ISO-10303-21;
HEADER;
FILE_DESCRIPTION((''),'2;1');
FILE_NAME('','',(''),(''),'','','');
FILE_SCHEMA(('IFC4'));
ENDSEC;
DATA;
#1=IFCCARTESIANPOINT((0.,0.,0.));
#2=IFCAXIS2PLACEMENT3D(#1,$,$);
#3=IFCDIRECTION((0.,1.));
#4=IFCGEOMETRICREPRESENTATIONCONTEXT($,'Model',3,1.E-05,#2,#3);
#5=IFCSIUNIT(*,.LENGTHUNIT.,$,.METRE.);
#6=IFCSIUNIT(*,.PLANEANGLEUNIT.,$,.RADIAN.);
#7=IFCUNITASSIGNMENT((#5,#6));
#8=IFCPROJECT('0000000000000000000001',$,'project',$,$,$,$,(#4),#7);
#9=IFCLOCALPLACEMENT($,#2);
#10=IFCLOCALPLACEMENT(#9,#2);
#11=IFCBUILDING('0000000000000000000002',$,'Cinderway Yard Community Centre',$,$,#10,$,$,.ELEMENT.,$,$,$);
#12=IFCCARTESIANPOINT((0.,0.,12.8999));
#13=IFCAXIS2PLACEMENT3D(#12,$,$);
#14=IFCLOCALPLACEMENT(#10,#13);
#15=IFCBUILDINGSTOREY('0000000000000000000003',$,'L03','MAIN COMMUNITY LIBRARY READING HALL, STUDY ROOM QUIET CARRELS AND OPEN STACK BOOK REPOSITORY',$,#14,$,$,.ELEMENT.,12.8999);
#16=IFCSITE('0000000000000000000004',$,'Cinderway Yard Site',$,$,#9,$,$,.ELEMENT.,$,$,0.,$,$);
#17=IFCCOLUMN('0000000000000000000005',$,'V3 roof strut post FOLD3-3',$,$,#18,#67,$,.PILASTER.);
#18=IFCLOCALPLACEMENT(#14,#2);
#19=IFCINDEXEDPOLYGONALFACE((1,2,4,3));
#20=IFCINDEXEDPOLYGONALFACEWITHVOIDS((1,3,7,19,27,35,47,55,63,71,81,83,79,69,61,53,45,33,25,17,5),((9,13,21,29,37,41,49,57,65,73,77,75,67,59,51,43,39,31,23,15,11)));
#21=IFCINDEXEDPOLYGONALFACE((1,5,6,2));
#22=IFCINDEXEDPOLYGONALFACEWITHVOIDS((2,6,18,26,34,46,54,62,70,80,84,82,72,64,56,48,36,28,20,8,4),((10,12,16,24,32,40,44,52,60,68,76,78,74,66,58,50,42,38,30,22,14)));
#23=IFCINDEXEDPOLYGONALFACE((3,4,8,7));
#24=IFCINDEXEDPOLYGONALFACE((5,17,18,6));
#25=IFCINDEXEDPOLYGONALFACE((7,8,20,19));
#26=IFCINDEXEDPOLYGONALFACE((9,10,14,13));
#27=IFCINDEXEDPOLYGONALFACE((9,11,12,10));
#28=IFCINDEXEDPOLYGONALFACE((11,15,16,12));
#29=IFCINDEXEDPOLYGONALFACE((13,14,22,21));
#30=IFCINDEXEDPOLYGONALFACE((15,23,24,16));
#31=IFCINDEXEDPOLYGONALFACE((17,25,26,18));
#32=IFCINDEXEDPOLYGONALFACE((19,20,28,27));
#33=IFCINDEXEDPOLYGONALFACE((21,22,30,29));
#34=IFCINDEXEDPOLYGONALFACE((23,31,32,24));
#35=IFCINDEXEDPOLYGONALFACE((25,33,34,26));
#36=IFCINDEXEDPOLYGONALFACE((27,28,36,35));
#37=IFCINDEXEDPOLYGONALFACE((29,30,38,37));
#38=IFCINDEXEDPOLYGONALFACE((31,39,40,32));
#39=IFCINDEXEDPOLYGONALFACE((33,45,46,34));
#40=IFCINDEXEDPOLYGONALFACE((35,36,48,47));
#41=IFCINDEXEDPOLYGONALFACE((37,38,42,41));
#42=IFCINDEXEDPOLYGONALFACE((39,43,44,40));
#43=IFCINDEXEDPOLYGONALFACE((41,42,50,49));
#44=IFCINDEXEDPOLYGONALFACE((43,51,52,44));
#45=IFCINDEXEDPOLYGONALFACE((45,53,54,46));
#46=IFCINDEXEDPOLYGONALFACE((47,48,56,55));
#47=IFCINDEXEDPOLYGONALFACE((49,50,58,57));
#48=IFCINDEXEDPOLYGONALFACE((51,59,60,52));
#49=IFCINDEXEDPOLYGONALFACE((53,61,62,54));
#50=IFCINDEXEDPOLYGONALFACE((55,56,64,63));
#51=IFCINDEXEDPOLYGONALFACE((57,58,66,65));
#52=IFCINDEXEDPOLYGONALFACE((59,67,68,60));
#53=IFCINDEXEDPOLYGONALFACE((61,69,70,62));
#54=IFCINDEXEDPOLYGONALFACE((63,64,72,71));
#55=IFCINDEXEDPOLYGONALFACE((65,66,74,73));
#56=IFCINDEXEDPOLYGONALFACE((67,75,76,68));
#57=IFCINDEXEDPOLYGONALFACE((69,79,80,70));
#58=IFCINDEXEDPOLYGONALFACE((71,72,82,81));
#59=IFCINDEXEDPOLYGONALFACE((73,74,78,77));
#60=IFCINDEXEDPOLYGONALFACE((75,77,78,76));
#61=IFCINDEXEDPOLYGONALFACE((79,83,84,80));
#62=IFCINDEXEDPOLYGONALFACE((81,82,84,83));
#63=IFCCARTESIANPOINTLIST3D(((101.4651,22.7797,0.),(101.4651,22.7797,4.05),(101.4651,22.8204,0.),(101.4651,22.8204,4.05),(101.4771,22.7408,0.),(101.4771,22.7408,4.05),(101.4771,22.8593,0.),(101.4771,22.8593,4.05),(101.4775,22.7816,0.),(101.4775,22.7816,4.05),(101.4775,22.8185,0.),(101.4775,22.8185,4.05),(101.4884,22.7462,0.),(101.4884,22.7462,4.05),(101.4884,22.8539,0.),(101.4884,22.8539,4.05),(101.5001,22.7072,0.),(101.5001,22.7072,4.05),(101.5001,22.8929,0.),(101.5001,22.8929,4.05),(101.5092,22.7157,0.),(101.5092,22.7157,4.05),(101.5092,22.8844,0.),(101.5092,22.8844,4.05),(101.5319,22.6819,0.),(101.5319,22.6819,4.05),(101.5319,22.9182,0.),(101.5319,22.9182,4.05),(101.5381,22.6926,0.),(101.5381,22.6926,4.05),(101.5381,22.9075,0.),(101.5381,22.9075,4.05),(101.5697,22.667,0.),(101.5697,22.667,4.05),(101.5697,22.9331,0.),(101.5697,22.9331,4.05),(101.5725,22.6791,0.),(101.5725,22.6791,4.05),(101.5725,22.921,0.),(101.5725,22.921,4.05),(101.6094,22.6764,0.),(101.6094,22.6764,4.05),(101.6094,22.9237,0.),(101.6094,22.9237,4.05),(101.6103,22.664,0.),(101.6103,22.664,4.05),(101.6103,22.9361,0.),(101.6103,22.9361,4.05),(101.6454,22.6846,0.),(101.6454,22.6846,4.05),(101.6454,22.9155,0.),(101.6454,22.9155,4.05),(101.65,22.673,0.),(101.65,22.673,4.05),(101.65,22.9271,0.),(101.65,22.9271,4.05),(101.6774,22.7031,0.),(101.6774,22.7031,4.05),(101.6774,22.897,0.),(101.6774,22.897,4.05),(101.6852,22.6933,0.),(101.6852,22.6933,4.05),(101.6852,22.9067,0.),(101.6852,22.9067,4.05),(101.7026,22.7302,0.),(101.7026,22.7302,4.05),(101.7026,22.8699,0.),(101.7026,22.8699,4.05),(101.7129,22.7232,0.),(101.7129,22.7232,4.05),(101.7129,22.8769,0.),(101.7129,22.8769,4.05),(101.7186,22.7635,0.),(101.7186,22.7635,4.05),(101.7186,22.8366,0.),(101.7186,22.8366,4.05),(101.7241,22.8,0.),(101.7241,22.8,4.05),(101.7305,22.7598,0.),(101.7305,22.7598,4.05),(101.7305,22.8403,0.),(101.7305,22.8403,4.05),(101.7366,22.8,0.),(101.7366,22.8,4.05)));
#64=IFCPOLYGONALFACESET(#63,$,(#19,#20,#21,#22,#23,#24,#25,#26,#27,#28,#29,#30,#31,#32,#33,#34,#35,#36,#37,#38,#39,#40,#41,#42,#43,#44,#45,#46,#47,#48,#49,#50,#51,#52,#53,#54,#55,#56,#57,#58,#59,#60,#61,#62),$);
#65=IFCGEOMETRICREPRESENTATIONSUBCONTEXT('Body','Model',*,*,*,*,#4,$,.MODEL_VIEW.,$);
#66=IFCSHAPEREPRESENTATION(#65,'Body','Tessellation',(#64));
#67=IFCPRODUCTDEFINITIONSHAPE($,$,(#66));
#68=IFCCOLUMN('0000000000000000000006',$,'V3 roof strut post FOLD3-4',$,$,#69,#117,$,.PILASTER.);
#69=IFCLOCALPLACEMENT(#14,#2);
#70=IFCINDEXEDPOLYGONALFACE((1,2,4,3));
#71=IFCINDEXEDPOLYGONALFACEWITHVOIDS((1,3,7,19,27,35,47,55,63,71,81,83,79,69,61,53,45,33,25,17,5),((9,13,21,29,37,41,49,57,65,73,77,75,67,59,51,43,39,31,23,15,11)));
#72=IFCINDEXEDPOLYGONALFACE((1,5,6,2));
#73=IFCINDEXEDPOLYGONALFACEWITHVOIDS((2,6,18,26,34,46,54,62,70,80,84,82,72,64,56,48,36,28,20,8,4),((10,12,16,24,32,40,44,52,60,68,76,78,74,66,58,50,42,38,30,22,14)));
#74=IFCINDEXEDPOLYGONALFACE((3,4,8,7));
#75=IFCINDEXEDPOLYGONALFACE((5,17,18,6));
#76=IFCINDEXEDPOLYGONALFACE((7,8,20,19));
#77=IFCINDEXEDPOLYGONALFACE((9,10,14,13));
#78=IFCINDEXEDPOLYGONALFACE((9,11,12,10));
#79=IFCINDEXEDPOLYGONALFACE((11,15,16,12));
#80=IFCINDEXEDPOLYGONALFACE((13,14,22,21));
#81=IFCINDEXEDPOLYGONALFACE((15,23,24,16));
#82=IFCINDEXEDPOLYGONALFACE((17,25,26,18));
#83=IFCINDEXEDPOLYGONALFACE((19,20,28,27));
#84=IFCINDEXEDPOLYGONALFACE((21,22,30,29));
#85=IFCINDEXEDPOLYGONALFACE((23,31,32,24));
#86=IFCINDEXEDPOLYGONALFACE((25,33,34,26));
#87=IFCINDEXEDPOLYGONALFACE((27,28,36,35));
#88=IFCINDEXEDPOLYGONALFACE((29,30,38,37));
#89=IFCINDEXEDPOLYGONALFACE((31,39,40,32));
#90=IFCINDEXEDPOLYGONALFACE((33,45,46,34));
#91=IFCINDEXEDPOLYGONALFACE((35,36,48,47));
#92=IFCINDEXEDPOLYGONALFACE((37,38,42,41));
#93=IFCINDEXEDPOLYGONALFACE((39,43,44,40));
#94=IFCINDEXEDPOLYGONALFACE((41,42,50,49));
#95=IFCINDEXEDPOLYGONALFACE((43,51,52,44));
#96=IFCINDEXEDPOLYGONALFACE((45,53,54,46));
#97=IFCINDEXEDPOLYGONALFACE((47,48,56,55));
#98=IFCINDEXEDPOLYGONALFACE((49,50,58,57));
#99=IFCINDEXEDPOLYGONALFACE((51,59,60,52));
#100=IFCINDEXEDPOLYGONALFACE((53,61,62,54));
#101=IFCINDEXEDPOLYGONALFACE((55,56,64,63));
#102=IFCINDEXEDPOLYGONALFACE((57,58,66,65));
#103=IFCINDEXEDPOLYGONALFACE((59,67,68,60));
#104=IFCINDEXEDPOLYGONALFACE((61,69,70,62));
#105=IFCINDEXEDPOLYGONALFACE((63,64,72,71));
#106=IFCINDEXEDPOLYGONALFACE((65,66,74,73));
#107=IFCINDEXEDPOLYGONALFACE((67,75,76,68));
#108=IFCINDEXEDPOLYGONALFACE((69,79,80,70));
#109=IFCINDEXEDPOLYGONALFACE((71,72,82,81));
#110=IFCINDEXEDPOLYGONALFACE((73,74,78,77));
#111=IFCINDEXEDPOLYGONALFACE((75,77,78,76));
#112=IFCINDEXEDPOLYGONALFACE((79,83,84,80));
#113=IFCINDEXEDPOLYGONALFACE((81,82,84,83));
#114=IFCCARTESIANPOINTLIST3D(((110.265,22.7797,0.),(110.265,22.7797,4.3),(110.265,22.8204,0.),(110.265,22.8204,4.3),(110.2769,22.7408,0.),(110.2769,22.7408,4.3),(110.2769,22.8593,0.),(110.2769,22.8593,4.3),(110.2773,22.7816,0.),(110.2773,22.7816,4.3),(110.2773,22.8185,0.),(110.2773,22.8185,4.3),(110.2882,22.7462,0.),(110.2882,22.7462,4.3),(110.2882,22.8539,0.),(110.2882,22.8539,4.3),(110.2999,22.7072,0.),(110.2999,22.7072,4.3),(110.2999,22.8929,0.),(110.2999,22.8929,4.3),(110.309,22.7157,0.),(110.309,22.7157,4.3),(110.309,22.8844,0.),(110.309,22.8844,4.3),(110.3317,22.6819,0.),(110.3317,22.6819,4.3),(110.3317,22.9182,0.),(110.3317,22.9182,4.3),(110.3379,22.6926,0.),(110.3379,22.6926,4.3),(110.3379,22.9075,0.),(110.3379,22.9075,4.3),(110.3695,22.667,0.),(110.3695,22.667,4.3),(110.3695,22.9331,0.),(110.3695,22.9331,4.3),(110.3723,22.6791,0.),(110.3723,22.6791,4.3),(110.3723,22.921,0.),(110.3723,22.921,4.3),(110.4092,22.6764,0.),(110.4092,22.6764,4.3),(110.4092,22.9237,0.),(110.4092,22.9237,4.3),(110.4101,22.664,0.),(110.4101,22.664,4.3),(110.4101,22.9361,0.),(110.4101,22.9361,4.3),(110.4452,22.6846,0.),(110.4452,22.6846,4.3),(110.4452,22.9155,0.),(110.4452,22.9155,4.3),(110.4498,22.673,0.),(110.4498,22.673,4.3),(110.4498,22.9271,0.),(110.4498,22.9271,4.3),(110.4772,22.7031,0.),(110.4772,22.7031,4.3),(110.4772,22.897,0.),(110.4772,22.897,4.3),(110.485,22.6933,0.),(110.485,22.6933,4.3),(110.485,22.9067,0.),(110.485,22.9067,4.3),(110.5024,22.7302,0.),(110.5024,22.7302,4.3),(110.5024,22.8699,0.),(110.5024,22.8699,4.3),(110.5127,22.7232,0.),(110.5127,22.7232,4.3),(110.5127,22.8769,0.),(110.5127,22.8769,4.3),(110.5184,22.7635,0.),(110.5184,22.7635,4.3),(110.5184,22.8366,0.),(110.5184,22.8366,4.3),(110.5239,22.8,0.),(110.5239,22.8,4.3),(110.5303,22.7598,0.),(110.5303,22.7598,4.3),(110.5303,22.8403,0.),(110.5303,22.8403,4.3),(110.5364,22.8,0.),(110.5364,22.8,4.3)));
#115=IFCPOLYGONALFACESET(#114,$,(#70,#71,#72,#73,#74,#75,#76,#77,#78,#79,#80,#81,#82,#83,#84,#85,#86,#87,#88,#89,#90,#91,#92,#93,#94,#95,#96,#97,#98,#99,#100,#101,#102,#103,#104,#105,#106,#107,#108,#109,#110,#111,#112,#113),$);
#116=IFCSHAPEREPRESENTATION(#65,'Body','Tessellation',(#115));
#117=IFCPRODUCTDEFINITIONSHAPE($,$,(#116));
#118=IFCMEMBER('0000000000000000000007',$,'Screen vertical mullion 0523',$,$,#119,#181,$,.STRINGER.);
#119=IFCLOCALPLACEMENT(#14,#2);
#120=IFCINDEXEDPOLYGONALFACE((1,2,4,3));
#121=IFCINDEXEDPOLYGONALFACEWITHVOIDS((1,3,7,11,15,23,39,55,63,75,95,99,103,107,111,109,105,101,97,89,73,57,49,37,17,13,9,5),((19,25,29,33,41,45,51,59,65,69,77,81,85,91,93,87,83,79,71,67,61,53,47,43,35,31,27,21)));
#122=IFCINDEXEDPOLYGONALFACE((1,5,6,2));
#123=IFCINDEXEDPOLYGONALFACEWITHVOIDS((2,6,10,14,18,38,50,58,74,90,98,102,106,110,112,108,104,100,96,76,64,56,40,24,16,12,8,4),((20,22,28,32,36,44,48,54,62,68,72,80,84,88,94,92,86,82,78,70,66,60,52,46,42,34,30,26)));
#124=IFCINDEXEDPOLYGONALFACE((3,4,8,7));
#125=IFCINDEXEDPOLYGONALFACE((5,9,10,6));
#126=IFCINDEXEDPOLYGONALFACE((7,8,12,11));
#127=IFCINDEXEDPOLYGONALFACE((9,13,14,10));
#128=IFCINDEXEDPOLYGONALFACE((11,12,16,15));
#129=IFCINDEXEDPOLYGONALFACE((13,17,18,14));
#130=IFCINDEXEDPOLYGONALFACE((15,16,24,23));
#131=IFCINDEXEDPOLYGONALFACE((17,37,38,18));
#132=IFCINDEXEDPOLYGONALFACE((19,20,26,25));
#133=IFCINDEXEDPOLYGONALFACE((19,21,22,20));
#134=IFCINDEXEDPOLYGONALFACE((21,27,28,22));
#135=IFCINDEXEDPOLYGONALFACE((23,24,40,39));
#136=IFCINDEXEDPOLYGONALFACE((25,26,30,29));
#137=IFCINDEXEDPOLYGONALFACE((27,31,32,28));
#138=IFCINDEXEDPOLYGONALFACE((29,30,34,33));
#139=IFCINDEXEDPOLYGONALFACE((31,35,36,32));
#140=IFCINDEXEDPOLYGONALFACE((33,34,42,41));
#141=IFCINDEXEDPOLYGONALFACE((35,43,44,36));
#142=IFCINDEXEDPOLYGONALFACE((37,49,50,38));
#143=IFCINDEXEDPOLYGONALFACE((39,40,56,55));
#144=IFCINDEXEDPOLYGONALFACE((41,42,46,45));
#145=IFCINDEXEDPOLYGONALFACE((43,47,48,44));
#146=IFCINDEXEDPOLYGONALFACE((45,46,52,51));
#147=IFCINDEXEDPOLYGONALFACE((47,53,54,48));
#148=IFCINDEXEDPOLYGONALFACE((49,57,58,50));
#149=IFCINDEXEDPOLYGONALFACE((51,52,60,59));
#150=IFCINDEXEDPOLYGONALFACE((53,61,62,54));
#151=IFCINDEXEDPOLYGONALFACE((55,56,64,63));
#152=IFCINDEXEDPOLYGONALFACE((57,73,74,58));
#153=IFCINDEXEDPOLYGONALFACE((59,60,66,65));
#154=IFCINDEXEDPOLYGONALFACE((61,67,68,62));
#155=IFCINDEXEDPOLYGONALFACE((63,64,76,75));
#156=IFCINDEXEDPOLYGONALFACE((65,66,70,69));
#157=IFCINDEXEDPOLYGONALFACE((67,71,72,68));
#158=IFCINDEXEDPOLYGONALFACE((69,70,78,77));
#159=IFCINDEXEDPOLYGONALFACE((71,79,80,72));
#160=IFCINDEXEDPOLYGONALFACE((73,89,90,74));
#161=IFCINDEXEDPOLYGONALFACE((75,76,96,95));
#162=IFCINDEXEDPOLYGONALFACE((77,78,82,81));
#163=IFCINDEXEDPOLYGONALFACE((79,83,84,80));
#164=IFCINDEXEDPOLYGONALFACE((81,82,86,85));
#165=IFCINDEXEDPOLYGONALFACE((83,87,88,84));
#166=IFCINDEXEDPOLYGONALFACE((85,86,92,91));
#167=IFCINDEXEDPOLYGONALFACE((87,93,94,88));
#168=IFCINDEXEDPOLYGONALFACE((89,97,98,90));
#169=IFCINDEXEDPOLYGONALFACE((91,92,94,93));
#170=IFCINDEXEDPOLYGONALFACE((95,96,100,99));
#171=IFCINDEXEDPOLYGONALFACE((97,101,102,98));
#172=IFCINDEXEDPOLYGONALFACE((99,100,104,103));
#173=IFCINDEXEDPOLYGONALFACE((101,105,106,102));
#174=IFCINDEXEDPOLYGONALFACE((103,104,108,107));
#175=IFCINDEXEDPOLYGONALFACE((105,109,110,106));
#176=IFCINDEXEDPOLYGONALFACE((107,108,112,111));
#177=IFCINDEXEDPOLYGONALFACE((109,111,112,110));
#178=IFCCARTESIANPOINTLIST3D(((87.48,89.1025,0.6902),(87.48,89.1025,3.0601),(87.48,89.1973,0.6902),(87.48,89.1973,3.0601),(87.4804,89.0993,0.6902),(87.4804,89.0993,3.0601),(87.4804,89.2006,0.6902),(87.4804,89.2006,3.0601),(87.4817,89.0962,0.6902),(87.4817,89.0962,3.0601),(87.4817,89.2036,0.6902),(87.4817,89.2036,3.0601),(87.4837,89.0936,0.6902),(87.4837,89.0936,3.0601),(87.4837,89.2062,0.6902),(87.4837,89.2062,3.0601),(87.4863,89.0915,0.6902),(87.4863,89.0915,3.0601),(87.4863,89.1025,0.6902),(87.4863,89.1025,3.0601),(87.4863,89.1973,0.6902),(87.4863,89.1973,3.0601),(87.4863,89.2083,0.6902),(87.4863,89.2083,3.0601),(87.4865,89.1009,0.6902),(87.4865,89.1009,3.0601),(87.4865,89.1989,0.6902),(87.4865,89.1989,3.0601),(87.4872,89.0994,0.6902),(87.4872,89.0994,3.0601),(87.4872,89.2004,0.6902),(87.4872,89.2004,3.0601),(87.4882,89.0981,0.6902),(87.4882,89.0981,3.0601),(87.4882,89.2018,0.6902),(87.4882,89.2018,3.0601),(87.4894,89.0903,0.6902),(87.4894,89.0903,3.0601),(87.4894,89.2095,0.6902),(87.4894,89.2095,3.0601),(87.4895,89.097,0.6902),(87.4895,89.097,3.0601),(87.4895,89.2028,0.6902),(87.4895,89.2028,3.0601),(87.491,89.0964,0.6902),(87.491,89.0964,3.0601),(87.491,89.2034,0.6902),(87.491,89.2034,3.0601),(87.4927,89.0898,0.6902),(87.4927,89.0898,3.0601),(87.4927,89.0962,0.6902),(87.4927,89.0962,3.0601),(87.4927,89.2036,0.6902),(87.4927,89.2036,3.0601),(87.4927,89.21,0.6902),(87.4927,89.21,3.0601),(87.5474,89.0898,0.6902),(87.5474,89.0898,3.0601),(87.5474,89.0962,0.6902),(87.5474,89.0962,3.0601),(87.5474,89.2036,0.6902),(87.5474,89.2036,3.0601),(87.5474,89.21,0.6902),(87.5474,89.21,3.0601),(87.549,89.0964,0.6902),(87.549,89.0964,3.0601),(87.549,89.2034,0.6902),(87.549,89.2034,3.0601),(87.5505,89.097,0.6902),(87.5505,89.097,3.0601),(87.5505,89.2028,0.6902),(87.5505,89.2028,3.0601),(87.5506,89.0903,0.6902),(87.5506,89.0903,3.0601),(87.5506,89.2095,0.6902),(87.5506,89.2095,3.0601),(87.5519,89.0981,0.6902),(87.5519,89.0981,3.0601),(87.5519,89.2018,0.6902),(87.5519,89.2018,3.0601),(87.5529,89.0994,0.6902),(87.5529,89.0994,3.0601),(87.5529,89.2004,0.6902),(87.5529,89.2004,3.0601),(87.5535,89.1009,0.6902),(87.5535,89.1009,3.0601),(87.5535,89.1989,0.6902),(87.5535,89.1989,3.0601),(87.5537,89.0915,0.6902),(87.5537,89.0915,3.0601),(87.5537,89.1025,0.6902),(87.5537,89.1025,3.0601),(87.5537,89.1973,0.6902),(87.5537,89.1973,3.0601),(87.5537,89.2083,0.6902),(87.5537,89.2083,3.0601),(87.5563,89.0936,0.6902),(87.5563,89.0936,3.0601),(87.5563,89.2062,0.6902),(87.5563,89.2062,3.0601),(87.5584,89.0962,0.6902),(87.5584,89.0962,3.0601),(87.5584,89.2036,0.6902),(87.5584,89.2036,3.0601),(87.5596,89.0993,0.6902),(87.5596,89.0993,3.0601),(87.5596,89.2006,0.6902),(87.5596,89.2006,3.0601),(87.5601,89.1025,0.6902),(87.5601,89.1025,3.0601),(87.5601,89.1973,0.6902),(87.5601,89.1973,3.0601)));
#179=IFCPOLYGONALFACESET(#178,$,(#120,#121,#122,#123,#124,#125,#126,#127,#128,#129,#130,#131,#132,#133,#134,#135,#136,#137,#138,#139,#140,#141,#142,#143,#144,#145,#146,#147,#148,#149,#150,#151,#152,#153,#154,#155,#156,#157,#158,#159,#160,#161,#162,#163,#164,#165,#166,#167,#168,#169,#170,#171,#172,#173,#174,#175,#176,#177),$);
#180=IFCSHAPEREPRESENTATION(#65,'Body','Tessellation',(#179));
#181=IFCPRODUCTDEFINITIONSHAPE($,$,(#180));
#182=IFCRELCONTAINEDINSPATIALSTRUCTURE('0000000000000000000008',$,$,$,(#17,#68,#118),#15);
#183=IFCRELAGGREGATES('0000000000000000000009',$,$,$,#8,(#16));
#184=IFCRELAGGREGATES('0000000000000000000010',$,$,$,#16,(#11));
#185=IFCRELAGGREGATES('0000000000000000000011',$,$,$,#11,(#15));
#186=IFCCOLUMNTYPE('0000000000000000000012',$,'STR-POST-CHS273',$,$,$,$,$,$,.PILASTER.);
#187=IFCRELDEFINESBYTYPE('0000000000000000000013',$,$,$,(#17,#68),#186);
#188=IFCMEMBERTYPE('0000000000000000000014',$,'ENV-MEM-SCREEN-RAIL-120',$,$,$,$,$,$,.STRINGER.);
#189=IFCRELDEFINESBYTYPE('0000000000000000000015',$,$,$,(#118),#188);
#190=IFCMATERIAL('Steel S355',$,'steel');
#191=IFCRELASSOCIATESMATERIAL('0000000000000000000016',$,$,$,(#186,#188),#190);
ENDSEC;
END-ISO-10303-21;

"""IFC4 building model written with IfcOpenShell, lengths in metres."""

from ifc_helpers import new_model, si_unit, direction, frame, origin, origin_2d, place, context, subcontext, project, spatial, hollow_rectangle, hollow_circle, extrude, material, material_profile, profile_set, type_object, element, save


model = new_model("IFC4")

# Units and contexts
model_context = context("Model", 3, precision=1e-05, world=origin(), true_north=direction((0.0, 1.0)))
body_context = subcontext(model_context, "Body", "Model", "MODEL_VIEW")
ifc_project = project(units=[si_unit("LENGTHUNIT", "METRE"), si_unit("PLANEANGLEUNIT", "RADIAN")], contexts=[model_context])

# Site, building, storey
site_placement = place(None, origin())
site = spatial("IfcSite", under=ifc_project, at=site_placement, Name="Cinderway Yard Site", CompositionType="ELEMENT", RefElevation=0.0)
building_placement = place(site_placement, origin())
building = spatial("IfcBuilding", under=site, at=building_placement, Name="Cinderway Yard Community Centre", CompositionType="ELEMENT")
storey_placement = place(building_placement, frame((0.0, 0.0, 12.8999)))
storey = spatial("IfcBuildingStorey", under=building, at=storey_placement, Name="L03", Description="MAIN COMMUNITY LIBRARY READING HALL, STUDY ROOM QUIET CARRELS AND OPEN STACK BOOK REPOSITORY", CompositionType="ELEMENT", Elevation=12.8999)

# Columns
ifc_material = material(Name="Steel S355", Category="steel")
ifc_material_profile_1 = material_profile(ifc_material, hollow_circle(Radius=0.1365, WallThickness=0.0125, at=origin_2d()), Name="Steel S355")
ifc_profile_set_1 = profile_set([ifc_material_profile_1], Name="Steel S355")
column_type = type_object("IfcColumnType", Name="STR-POST-CHS273", PredefinedType="PILASTER", material=ifc_profile_set_1)
column_1_placement = place(storey_placement, frame((101.6001, 22.8, 0.0), z_axis=(0.0, 0.0, 1.0), x_axis=(1.0, 0.0, 0.0)))
element("IfcColumn", 1, at=column_1_placement, inside=storey, type_object=column_type, Name="V3 roof strut post FOLD3-3", PredefinedType="PILASTER", context=body_context, shape_type="SweptSolid", body=[
    extrude(hollow_circle(Radius=0.1365, WallThickness=0.0125, at=origin_2d()), origin(), (0.0, 0.0, 1.0), 4.05),
])
column_2_placement = place(storey_placement, frame((110.3999, 22.8, 0.0), z_axis=(0.0, 0.0, 1.0), x_axis=(1.0, 0.0, 0.0)))
element("IfcColumn", 2, at=column_2_placement, inside=storey, type_object=column_type, Name="V3 roof strut post FOLD3-4", PredefinedType="PILASTER", context=body_context, shape_type="SweptSolid", body=[
    extrude(hollow_circle(Radius=0.1365, WallThickness=0.0125, at=origin_2d()), origin(), (0.0, 0.0, 1.0), 4.3),
])

# Member
ifc_material_profile_2 = material_profile(ifc_material, hollow_rectangle(XDim=0.0801, YDim=0.1201, WallThickness=0.0063, InnerFilletRadius=0.0063, OuterFilletRadius=0.0127, at=origin_2d()), Name="Steel S355")
ifc_profile_set_2 = profile_set([ifc_material_profile_2], Name="Steel S355")
member_type = type_object("IfcMemberType", Name="ENV-MEM-SCREEN-RAIL-120", PredefinedType="STRINGER", material=ifc_profile_set_2)
member_placement = place(storey_placement, frame((87.52, 89.1499, 0.6902), z_axis=(0.0, 0.0, 1.0), x_axis=(1.0, 0.0, 0.0)))
element("IfcMember", 3, at=member_placement, inside=storey, type_object=member_type, Name="Screen vertical mullion 0523", PredefinedType="STRINGER", context=body_context, shape_type="SweptSolid", body=[
    extrude(hollow_rectangle(XDim=0.0801, YDim=0.1201, WallThickness=0.0063, InnerFilletRadius=0.0063, OuterFilletRadius=0.0127, at=origin_2d()), origin(), (0.0, 0.0, 1.0), 2.3699),
])

save(model, "model.ifc")
